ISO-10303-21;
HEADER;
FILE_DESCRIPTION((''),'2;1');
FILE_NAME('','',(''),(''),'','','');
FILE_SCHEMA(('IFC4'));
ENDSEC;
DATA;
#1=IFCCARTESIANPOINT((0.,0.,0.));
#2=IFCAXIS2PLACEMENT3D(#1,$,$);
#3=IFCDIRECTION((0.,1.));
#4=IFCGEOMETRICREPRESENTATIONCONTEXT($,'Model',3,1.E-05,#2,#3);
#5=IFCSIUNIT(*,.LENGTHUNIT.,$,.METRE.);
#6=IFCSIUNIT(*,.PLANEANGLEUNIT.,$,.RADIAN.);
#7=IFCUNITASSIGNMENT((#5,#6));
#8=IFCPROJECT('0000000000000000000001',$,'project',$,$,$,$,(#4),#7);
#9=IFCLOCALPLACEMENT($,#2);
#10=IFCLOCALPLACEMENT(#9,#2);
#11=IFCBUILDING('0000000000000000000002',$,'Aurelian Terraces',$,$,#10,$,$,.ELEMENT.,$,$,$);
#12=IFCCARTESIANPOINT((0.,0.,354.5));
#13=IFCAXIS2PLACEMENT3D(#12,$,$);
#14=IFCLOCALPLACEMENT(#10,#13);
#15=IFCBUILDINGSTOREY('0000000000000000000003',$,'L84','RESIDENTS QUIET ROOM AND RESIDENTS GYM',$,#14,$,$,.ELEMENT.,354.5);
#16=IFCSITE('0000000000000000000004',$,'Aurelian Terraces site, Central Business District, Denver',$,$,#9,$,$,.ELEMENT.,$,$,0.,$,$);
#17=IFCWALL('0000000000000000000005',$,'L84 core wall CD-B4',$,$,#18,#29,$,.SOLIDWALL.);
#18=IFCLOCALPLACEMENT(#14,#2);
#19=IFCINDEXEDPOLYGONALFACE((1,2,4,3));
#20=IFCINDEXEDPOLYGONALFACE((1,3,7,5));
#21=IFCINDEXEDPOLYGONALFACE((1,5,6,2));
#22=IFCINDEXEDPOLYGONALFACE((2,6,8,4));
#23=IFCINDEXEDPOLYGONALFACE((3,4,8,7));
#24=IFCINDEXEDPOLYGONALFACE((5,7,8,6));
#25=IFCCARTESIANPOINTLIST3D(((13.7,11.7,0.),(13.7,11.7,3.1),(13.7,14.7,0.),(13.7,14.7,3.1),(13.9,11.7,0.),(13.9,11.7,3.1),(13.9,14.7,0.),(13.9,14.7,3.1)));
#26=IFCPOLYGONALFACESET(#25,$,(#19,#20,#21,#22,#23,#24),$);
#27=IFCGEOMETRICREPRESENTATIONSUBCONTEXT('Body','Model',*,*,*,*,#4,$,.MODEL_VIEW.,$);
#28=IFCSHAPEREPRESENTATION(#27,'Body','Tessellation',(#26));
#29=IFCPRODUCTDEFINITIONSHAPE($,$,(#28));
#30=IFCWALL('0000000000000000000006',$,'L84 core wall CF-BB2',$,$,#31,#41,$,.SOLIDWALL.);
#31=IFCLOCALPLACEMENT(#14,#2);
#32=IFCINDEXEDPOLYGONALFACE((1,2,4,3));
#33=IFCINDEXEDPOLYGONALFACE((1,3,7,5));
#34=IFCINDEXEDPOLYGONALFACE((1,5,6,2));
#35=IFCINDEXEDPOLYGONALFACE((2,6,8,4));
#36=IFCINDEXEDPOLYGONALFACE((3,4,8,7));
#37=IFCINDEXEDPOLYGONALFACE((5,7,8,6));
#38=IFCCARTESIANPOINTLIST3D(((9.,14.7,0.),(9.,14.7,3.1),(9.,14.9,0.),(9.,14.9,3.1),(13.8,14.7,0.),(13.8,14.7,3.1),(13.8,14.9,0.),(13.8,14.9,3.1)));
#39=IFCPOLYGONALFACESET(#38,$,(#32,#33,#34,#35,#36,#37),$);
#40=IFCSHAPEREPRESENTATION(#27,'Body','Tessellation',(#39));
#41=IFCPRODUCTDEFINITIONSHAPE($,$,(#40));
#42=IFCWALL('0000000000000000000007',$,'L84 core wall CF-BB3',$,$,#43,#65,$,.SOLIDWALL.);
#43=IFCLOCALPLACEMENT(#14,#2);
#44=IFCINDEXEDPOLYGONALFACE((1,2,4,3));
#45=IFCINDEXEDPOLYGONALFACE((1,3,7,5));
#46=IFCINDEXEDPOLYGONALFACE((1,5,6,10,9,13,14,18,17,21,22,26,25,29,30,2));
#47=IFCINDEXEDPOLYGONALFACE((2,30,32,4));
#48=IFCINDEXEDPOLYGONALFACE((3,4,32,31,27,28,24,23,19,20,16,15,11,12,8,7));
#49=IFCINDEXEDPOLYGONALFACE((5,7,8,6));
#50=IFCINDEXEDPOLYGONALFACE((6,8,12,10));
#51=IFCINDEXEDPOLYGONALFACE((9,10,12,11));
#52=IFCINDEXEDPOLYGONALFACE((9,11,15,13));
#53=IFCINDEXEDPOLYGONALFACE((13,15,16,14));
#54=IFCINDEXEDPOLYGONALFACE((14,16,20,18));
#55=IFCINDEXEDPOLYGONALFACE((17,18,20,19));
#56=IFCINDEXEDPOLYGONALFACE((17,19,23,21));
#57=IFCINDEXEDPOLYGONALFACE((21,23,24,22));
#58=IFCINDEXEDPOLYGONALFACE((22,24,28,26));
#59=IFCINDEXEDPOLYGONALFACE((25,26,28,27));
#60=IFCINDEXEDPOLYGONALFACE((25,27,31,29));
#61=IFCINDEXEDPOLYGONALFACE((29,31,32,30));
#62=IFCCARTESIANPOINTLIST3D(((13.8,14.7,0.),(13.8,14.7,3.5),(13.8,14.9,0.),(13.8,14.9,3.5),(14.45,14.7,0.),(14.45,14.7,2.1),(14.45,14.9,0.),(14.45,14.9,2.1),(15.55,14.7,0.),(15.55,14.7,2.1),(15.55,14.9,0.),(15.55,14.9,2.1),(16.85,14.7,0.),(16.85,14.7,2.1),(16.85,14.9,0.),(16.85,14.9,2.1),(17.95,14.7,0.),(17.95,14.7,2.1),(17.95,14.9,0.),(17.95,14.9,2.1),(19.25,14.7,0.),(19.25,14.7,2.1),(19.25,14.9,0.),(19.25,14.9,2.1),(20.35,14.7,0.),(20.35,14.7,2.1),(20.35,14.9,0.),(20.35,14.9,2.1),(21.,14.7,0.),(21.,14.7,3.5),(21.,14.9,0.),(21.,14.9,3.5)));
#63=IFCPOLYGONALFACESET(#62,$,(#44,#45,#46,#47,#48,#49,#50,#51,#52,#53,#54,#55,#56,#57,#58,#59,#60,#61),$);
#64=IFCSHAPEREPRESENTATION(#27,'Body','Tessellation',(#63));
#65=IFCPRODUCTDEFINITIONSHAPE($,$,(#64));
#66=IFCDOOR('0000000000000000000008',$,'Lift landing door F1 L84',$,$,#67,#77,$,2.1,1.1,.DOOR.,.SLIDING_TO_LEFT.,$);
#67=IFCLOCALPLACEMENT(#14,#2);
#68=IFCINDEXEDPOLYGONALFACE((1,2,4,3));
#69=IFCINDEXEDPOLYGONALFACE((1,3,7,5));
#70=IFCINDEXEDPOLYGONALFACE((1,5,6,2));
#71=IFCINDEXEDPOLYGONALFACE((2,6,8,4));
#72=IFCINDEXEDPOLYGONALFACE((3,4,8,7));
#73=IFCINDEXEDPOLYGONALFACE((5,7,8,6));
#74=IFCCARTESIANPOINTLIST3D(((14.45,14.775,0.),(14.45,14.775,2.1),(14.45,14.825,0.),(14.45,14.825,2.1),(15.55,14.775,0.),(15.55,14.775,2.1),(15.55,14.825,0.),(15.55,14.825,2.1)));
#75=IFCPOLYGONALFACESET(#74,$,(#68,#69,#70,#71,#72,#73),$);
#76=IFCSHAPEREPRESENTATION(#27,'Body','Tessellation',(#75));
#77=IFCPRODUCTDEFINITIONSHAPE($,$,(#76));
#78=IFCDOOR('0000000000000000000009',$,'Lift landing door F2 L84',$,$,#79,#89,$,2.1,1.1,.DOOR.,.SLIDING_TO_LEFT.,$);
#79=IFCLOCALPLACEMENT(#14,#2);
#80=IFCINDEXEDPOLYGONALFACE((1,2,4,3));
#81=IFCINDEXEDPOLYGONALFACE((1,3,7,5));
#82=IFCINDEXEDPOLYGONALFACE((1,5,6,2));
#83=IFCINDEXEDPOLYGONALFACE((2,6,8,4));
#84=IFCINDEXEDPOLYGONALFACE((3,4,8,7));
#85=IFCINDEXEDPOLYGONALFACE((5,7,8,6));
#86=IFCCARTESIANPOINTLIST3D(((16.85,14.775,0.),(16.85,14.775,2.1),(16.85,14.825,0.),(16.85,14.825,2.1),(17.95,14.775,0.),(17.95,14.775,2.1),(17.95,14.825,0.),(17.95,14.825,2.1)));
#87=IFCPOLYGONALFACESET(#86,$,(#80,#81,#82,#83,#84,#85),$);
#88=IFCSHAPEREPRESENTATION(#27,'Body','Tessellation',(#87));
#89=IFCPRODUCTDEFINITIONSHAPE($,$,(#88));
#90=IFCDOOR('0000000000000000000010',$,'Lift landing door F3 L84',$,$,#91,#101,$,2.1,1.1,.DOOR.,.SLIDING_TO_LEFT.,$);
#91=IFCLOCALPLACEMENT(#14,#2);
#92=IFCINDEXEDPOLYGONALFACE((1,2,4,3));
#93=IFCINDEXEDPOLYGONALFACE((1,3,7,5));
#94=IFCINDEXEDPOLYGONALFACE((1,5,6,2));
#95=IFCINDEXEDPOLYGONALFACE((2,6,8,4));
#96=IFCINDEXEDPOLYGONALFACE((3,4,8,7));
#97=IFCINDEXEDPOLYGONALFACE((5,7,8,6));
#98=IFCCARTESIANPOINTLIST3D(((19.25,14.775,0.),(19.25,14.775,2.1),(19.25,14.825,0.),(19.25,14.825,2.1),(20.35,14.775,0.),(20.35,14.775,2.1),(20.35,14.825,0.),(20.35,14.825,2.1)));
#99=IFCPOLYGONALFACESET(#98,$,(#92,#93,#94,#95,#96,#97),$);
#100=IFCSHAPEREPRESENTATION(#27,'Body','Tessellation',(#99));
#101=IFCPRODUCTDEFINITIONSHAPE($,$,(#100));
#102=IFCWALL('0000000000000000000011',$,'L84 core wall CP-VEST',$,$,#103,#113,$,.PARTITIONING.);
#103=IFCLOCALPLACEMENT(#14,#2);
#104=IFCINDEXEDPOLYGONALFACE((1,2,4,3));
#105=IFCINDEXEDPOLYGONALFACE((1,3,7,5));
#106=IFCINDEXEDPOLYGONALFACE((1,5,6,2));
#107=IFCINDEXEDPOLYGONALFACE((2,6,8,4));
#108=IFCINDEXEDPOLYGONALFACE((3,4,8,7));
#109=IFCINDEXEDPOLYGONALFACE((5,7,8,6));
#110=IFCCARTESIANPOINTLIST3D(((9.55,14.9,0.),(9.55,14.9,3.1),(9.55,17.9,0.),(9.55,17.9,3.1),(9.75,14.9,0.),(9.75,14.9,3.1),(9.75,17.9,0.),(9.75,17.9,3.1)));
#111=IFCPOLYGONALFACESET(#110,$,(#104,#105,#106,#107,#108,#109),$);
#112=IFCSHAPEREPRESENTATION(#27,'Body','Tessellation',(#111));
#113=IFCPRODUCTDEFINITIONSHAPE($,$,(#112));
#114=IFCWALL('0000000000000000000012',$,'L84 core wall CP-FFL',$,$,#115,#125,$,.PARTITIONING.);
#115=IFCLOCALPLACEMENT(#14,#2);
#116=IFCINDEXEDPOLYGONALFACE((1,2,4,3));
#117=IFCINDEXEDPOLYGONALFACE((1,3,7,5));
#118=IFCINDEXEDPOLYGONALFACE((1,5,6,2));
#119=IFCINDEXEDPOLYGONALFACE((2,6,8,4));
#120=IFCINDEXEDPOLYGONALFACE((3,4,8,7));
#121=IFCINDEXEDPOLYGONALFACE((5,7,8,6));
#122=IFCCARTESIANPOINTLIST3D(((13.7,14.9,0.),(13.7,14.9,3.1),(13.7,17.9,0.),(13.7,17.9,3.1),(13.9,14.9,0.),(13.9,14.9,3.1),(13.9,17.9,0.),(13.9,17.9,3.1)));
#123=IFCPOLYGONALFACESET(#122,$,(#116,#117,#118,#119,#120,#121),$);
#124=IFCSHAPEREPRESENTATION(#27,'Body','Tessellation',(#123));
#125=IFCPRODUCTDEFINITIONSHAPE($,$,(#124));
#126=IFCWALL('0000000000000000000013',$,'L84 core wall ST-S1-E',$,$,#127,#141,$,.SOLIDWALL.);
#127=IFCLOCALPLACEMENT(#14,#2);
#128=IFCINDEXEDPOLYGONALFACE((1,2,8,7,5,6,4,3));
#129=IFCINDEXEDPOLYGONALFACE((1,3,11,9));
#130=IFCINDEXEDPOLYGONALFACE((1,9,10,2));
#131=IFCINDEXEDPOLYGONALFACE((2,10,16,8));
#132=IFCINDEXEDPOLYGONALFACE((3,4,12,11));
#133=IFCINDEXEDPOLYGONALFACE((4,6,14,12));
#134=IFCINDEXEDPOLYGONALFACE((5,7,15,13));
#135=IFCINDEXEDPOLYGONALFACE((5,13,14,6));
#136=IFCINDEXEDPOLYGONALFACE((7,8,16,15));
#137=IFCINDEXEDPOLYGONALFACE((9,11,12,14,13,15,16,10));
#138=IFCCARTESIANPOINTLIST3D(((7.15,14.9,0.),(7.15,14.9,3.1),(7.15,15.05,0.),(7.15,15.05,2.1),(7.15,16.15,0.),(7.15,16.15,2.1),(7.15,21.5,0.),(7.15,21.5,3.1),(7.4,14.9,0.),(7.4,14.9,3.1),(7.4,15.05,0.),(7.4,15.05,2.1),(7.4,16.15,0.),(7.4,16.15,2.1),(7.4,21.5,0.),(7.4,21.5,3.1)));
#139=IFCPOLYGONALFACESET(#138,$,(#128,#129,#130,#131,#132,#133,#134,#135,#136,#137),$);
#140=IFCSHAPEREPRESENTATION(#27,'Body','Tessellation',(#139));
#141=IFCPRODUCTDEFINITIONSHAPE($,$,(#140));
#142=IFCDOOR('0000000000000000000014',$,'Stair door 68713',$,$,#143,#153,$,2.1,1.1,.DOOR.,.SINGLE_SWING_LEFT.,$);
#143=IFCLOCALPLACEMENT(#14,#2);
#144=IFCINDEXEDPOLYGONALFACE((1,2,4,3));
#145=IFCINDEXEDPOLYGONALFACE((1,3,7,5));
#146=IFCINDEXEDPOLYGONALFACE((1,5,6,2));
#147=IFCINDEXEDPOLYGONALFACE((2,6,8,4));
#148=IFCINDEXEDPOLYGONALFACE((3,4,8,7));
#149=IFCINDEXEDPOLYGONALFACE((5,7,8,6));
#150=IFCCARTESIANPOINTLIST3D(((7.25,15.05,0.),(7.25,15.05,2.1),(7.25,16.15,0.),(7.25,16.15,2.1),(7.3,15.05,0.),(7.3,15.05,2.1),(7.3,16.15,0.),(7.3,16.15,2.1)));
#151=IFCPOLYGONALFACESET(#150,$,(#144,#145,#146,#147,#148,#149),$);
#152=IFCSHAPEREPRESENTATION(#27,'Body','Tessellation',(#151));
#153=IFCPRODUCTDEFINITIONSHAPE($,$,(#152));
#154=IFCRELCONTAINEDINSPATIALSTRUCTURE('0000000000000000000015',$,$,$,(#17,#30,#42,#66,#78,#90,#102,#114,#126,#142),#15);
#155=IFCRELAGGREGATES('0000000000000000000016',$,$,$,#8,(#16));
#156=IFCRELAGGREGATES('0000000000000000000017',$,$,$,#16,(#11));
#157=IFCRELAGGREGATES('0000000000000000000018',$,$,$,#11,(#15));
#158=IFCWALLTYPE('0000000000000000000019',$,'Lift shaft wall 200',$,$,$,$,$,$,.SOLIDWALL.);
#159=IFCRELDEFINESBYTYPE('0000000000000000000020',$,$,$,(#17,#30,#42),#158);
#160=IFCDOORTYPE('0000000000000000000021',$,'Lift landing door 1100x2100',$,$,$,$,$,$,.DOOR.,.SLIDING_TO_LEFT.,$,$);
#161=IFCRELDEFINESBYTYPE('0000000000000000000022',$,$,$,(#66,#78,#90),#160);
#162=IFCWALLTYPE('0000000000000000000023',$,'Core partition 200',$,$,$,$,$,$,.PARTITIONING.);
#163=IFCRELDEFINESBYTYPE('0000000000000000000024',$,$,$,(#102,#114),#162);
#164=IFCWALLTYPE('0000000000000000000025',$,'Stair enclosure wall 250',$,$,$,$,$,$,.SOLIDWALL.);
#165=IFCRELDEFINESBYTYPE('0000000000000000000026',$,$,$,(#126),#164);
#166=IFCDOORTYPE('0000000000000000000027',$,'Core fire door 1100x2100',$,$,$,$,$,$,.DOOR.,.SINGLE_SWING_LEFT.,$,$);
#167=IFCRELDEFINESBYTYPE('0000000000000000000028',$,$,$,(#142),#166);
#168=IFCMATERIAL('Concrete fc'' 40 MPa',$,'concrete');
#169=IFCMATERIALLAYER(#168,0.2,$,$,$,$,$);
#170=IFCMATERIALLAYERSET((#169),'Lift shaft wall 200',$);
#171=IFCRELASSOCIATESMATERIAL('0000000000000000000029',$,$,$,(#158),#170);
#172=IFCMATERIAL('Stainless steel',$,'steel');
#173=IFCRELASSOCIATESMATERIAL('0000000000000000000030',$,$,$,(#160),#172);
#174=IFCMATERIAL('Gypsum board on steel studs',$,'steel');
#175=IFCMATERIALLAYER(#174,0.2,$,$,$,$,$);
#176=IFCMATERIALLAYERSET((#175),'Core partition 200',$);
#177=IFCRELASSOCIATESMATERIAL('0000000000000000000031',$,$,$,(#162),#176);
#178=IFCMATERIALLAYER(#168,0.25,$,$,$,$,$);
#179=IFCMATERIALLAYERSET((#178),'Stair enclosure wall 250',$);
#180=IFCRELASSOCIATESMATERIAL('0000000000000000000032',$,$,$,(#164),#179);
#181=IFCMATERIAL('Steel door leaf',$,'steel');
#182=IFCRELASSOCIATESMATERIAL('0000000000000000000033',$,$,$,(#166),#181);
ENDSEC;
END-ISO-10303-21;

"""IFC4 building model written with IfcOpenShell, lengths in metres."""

from ifc_helpers import new_model, si_unit, direction, frame, frame_2d, origin, place, context, subcontext, project, spatial, rectangle, extrude, source, transform, mapped, material, layer, layer_set, type_object, element, fill, save


model = new_model("IFC4")

# Units and contexts
model_context = context("Model", 3, precision=1e-05, world=origin(), true_north=direction((0.0, 1.0)))
body_context = subcontext(model_context, "Body", "Model", "MODEL_VIEW")
ifc_project = project(units=[si_unit("LENGTHUNIT", "METRE"), si_unit("PLANEANGLEUNIT", "RADIAN")], contexts=[model_context])

# Site, building, storey
site_placement = place(None, origin())
site = spatial("IfcSite", under=ifc_project, at=site_placement, Name="Aurelian Terraces site, Central Business District, Denver", CompositionType="ELEMENT", RefElevation=0.0)
building_placement = place(site_placement, origin())
building = spatial("IfcBuilding", under=site, at=building_placement, Name="Aurelian Terraces", CompositionType="ELEMENT")
storey_placement = place(building_placement, frame((0.0, 0.0, 354.5)))
storey = spatial("IfcBuildingStorey", under=building, at=storey_placement, Name="L84", Description="RESIDENTS QUIET ROOM AND RESIDENTS GYM", CompositionType="ELEMENT", Elevation=354.5)

# Walls
ifc_material_1 = material(Name="Concrete fc' 40 MPa", Category="concrete")
ifc_layer_1 = layer(ifc_material_1, 0.2)
ifc_layer_set_1 = layer_set([ifc_layer_1], Name="Lift shaft wall 200")
wall_type_1 = type_object("IfcWallType", Name="Lift shaft wall 200", PredefinedType="SOLIDWALL", material=ifc_layer_set_1)
shared_shape_1 = source(origin(), body_context, "Body", "SweptSolid", [
    extrude(rectangle(XDim=3.0, YDim=0.2, at=frame_2d((1.5, 0.0))), origin(), (0.0, 0.0, 1.0), 3.1),
])
wall_1_placement = place(storey_placement, frame((13.8, 11.7, 0.0), z_axis=(0.0, 0.0, 1.0), x_axis=(0.0, 1.0, 0.0)))
element("IfcWall", 1, at=wall_1_placement, inside=storey, type_object=wall_type_1, Name="L84 core wall CD-B4", PredefinedType="SOLIDWALL", context=body_context, shape_type="MappedRepresentation", body=[
    mapped(shared_shape_1, transform((0.0, 0.0, 0.0), scale=1.0)),
])
shared_shape_2 = source(origin(), body_context, "Body", "SweptSolid", [
    extrude(rectangle(XDim=4.8, YDim=0.2, at=frame_2d((2.4, 0.0))), origin(), (0.0, 0.0, 1.0), 3.1),
])
wall_2_placement = place(storey_placement, frame((9.0, 14.8, 0.0), z_axis=(0.0, 0.0, 1.0), x_axis=(1.0, 0.0, 0.0)))
element("IfcWall", 2, at=wall_2_placement, inside=storey, type_object=wall_type_1, Name="L84 core wall CF-BB2", PredefinedType="SOLIDWALL", context=body_context, shape_type="MappedRepresentation", body=[
    mapped(shared_shape_2, transform((0.0, 0.0, 0.0), scale=1.0)),
])

# Wall, openings, doors
shared_shape_3 = source(origin(), body_context, "Body", "SweptSolid", [
    extrude(rectangle(XDim=7.2, YDim=0.2, at=frame_2d((3.6, 0.0))), origin(), (0.0, 0.0, 1.0), 3.5),
])
wall_3_placement = place(storey_placement, frame((13.8, 14.8, 0.0), z_axis=(0.0, 0.0, 1.0), x_axis=(1.0, 0.0, 0.0)))
wall_3 = element("IfcWall", 3, at=wall_3_placement, inside=storey, type_object=wall_type_1, Name="L84 core wall CF-BB3", PredefinedType="SOLIDWALL", context=body_context, shape_type="MappedRepresentation", body=[
    mapped(shared_shape_3, transform((0.0, 0.0, 0.0), scale=1.0)),
])
shared_shape_4 = source(origin(), body_context, "Body", "SweptSolid", [
    extrude(rectangle(XDim=1.1, YDim=2.1, at=frame_2d((0.55, 1.05))), frame((0.0, 0.11, 0.0), z_axis=(0.0, -1.0, 0.0), x_axis=(1.0, 0.0, 0.0)), (0.0, 0.0, 1.0), 0.22),
])
opening_1_placement = place(wall_3_placement, frame((0.65, 0.0, 0.0)))
opening_1 = element("IfcOpeningElement", 4, at=opening_1_placement, cuts=wall_3, PredefinedType="OPENING", context=body_context, shape_type="MappedRepresentation", body=[
    mapped(shared_shape_4, transform((0.0, 0.0, 0.0), scale=1.0)),
])
opening_2_placement = place(wall_3_placement, frame((3.05, 0.0, 0.0)))
opening_2 = element("IfcOpeningElement", 5, at=opening_2_placement, cuts=wall_3, PredefinedType="OPENING", context=body_context, shape_type="MappedRepresentation", body=[
    mapped(shared_shape_4, transform((0.0, 0.0, 0.0), scale=1.0)),
])
opening_3_placement = place(wall_3_placement, frame((5.45, 0.0, 0.0)))
opening_3 = element("IfcOpeningElement", 6, at=opening_3_placement, cuts=wall_3, PredefinedType="OPENING", context=body_context, shape_type="MappedRepresentation", body=[
    mapped(shared_shape_4, transform((0.0, 0.0, 0.0), scale=1.0)),
])
ifc_material_2 = material(Name="Stainless steel", Category="steel")
door_type_1 = type_object("IfcDoorType", Name="Lift landing door 1100x2100", OperationType="SLIDING_TO_LEFT", PredefinedType="DOOR", material=ifc_material_2)
shared_shape_5 = source(origin(), body_context, "Body", "SweptSolid", [
    extrude(rectangle(XDim=1.1, YDim=2.1, at=frame_2d((0.55, 1.05))), frame((0.0, 0.025, 0.0), z_axis=(0.0, -1.0, 0.0), x_axis=(1.0, 0.0, 0.0)), (0.0, 0.0, 1.0), 0.05),
])
door_1_placement = place(opening_1_placement, origin())
door_1 = element("IfcDoor", 7, at=door_1_placement, inside=storey, type_object=door_type_1, Name="Lift landing door F1 L84", OperationType="SLIDING_TO_LEFT", OverallHeight=2.1, OverallWidth=1.1, PredefinedType="DOOR", context=body_context, shape_type="MappedRepresentation", body=[
    mapped(shared_shape_5, transform((0.0, 0.0, 0.0), scale=1.0)),
])
fill(opening_1, door_1)
door_2_placement = place(opening_2_placement, origin())
door_2 = element("IfcDoor", 8, at=door_2_placement, inside=storey, type_object=door_type_1, Name="Lift landing door F2 L84", OperationType="SLIDING_TO_LEFT", OverallHeight=2.1, OverallWidth=1.1, PredefinedType="DOOR", context=body_context, shape_type="MappedRepresentation", body=[
    mapped(shared_shape_5, transform((0.0, 0.0, 0.0), scale=1.0)),
])
fill(opening_2, door_2)
door_3_placement = place(opening_3_placement, origin())
door_3 = element("IfcDoor", 9, at=door_3_placement, inside=storey, type_object=door_type_1, Name="Lift landing door F3 L84", OperationType="SLIDING_TO_LEFT", OverallHeight=2.1, OverallWidth=1.1, PredefinedType="DOOR", context=body_context, shape_type="MappedRepresentation", body=[
    mapped(shared_shape_5, transform((0.0, 0.0, 0.0), scale=1.0)),
])
fill(opening_3, door_3)

# Walls
ifc_material_3 = material(Name="Gypsum board on steel studs", Category="steel")
ifc_layer_2 = layer(ifc_material_3, 0.2)
ifc_layer_set_2 = layer_set([ifc_layer_2], Name="Core partition 200")
wall_type_2 = type_object("IfcWallType", Name="Core partition 200", PredefinedType="PARTITIONING", material=ifc_layer_set_2)
shared_shape_6 = source(origin(), body_context, "Body", "SweptSolid", [
    extrude(rectangle(XDim=3.0, YDim=0.2, at=frame_2d((1.5, 0.0))), origin(), (0.0, 0.0, 1.0), 3.1),
])
for number, where, z_axis, x_axis, name in (
    (10, (9.65, 14.9, 0.0), (0.0, 0.0, 1.0), (0.0, 1.0, 0.0), "L84 core wall CP-VEST"),
    (11, (13.8, 14.9, 0.0), (0.0, 0.0, 1.0), (0.0, 1.0, 0.0), "L84 core wall CP-FFL"),
):
    element("IfcWall", number, at=place(storey_placement, frame(where, z_axis=z_axis, x_axis=x_axis)), inside=storey, type_object=wall_type_2, Name=name, PredefinedType="PARTITIONING", context=body_context, shape_type="MappedRepresentation", body=[
        mapped(shared_shape_6, transform((0.0, 0.0, 0.0), scale=1.0)),
    ])

# Wall, opening, door
ifc_layer_3 = layer(ifc_material_1, 0.25)
ifc_layer_set_3 = layer_set([ifc_layer_3], Name="Stair enclosure wall 250")
wall_type_3 = type_object("IfcWallType", Name="Stair enclosure wall 250", PredefinedType="SOLIDWALL", material=ifc_layer_set_3)
shared_shape_7 = source(origin(), body_context, "Body", "SweptSolid", [
    extrude(rectangle(XDim=6.6, YDim=0.25, at=frame_2d((3.3, 0.0))), origin(), (0.0, 0.0, 1.0), 3.1),
])
wall_4_placement = place(storey_placement, frame((7.275, 14.9, 0.0), z_axis=(0.0, 0.0, 1.0), x_axis=(0.0, 1.0, 0.0)))
wall_4 = element("IfcWall", 12, at=wall_4_placement, inside=storey, type_object=wall_type_3, Name="L84 core wall ST-S1-E", PredefinedType="SOLIDWALL", context=body_context, shape_type="MappedRepresentation", body=[
    mapped(shared_shape_7, transform((0.0, 0.0, 0.0), scale=1.0)),
])
shared_shape_8 = source(origin(), body_context, "Body", "SweptSolid", [
    extrude(rectangle(XDim=1.1, YDim=2.1, at=frame_2d((0.55, 1.05))), frame((0.0, 0.135, 0.0), z_axis=(0.0, -1.0, 0.0), x_axis=(1.0, 0.0, 0.0)), (0.0, 0.0, 1.0), 0.27),
])
opening_4_placement = place(wall_4_placement, frame((0.15, 0.0, 0.0)))
opening_4 = element("IfcOpeningElement", 13, at=opening_4_placement, cuts=wall_4, PredefinedType="OPENING", context=body_context, shape_type="MappedRepresentation", body=[
    mapped(shared_shape_8, transform((0.0, 0.0, 0.0), scale=1.0)),
])
ifc_material_4 = material(Name="Steel door leaf", Category="steel")
door_type_2 = type_object("IfcDoorType", Name="Core fire door 1100x2100", OperationType="SINGLE_SWING_LEFT", PredefinedType="DOOR", material=ifc_material_4)
door_4_placement = place(opening_4_placement, origin())
door_4 = element("IfcDoor", 14, at=door_4_placement, inside=storey, type_object=door_type_2, Name="Stair door 68713", OperationType="SINGLE_SWING_LEFT", OverallHeight=2.1, OverallWidth=1.1, PredefinedType="DOOR", context=body_context, shape_type="MappedRepresentation", body=[
    mapped(shared_shape_5, transform((0.0, 0.0, 0.0), scale=1.0)),
])
fill(opening_4, door_4)

save(model, "model.ifc")
